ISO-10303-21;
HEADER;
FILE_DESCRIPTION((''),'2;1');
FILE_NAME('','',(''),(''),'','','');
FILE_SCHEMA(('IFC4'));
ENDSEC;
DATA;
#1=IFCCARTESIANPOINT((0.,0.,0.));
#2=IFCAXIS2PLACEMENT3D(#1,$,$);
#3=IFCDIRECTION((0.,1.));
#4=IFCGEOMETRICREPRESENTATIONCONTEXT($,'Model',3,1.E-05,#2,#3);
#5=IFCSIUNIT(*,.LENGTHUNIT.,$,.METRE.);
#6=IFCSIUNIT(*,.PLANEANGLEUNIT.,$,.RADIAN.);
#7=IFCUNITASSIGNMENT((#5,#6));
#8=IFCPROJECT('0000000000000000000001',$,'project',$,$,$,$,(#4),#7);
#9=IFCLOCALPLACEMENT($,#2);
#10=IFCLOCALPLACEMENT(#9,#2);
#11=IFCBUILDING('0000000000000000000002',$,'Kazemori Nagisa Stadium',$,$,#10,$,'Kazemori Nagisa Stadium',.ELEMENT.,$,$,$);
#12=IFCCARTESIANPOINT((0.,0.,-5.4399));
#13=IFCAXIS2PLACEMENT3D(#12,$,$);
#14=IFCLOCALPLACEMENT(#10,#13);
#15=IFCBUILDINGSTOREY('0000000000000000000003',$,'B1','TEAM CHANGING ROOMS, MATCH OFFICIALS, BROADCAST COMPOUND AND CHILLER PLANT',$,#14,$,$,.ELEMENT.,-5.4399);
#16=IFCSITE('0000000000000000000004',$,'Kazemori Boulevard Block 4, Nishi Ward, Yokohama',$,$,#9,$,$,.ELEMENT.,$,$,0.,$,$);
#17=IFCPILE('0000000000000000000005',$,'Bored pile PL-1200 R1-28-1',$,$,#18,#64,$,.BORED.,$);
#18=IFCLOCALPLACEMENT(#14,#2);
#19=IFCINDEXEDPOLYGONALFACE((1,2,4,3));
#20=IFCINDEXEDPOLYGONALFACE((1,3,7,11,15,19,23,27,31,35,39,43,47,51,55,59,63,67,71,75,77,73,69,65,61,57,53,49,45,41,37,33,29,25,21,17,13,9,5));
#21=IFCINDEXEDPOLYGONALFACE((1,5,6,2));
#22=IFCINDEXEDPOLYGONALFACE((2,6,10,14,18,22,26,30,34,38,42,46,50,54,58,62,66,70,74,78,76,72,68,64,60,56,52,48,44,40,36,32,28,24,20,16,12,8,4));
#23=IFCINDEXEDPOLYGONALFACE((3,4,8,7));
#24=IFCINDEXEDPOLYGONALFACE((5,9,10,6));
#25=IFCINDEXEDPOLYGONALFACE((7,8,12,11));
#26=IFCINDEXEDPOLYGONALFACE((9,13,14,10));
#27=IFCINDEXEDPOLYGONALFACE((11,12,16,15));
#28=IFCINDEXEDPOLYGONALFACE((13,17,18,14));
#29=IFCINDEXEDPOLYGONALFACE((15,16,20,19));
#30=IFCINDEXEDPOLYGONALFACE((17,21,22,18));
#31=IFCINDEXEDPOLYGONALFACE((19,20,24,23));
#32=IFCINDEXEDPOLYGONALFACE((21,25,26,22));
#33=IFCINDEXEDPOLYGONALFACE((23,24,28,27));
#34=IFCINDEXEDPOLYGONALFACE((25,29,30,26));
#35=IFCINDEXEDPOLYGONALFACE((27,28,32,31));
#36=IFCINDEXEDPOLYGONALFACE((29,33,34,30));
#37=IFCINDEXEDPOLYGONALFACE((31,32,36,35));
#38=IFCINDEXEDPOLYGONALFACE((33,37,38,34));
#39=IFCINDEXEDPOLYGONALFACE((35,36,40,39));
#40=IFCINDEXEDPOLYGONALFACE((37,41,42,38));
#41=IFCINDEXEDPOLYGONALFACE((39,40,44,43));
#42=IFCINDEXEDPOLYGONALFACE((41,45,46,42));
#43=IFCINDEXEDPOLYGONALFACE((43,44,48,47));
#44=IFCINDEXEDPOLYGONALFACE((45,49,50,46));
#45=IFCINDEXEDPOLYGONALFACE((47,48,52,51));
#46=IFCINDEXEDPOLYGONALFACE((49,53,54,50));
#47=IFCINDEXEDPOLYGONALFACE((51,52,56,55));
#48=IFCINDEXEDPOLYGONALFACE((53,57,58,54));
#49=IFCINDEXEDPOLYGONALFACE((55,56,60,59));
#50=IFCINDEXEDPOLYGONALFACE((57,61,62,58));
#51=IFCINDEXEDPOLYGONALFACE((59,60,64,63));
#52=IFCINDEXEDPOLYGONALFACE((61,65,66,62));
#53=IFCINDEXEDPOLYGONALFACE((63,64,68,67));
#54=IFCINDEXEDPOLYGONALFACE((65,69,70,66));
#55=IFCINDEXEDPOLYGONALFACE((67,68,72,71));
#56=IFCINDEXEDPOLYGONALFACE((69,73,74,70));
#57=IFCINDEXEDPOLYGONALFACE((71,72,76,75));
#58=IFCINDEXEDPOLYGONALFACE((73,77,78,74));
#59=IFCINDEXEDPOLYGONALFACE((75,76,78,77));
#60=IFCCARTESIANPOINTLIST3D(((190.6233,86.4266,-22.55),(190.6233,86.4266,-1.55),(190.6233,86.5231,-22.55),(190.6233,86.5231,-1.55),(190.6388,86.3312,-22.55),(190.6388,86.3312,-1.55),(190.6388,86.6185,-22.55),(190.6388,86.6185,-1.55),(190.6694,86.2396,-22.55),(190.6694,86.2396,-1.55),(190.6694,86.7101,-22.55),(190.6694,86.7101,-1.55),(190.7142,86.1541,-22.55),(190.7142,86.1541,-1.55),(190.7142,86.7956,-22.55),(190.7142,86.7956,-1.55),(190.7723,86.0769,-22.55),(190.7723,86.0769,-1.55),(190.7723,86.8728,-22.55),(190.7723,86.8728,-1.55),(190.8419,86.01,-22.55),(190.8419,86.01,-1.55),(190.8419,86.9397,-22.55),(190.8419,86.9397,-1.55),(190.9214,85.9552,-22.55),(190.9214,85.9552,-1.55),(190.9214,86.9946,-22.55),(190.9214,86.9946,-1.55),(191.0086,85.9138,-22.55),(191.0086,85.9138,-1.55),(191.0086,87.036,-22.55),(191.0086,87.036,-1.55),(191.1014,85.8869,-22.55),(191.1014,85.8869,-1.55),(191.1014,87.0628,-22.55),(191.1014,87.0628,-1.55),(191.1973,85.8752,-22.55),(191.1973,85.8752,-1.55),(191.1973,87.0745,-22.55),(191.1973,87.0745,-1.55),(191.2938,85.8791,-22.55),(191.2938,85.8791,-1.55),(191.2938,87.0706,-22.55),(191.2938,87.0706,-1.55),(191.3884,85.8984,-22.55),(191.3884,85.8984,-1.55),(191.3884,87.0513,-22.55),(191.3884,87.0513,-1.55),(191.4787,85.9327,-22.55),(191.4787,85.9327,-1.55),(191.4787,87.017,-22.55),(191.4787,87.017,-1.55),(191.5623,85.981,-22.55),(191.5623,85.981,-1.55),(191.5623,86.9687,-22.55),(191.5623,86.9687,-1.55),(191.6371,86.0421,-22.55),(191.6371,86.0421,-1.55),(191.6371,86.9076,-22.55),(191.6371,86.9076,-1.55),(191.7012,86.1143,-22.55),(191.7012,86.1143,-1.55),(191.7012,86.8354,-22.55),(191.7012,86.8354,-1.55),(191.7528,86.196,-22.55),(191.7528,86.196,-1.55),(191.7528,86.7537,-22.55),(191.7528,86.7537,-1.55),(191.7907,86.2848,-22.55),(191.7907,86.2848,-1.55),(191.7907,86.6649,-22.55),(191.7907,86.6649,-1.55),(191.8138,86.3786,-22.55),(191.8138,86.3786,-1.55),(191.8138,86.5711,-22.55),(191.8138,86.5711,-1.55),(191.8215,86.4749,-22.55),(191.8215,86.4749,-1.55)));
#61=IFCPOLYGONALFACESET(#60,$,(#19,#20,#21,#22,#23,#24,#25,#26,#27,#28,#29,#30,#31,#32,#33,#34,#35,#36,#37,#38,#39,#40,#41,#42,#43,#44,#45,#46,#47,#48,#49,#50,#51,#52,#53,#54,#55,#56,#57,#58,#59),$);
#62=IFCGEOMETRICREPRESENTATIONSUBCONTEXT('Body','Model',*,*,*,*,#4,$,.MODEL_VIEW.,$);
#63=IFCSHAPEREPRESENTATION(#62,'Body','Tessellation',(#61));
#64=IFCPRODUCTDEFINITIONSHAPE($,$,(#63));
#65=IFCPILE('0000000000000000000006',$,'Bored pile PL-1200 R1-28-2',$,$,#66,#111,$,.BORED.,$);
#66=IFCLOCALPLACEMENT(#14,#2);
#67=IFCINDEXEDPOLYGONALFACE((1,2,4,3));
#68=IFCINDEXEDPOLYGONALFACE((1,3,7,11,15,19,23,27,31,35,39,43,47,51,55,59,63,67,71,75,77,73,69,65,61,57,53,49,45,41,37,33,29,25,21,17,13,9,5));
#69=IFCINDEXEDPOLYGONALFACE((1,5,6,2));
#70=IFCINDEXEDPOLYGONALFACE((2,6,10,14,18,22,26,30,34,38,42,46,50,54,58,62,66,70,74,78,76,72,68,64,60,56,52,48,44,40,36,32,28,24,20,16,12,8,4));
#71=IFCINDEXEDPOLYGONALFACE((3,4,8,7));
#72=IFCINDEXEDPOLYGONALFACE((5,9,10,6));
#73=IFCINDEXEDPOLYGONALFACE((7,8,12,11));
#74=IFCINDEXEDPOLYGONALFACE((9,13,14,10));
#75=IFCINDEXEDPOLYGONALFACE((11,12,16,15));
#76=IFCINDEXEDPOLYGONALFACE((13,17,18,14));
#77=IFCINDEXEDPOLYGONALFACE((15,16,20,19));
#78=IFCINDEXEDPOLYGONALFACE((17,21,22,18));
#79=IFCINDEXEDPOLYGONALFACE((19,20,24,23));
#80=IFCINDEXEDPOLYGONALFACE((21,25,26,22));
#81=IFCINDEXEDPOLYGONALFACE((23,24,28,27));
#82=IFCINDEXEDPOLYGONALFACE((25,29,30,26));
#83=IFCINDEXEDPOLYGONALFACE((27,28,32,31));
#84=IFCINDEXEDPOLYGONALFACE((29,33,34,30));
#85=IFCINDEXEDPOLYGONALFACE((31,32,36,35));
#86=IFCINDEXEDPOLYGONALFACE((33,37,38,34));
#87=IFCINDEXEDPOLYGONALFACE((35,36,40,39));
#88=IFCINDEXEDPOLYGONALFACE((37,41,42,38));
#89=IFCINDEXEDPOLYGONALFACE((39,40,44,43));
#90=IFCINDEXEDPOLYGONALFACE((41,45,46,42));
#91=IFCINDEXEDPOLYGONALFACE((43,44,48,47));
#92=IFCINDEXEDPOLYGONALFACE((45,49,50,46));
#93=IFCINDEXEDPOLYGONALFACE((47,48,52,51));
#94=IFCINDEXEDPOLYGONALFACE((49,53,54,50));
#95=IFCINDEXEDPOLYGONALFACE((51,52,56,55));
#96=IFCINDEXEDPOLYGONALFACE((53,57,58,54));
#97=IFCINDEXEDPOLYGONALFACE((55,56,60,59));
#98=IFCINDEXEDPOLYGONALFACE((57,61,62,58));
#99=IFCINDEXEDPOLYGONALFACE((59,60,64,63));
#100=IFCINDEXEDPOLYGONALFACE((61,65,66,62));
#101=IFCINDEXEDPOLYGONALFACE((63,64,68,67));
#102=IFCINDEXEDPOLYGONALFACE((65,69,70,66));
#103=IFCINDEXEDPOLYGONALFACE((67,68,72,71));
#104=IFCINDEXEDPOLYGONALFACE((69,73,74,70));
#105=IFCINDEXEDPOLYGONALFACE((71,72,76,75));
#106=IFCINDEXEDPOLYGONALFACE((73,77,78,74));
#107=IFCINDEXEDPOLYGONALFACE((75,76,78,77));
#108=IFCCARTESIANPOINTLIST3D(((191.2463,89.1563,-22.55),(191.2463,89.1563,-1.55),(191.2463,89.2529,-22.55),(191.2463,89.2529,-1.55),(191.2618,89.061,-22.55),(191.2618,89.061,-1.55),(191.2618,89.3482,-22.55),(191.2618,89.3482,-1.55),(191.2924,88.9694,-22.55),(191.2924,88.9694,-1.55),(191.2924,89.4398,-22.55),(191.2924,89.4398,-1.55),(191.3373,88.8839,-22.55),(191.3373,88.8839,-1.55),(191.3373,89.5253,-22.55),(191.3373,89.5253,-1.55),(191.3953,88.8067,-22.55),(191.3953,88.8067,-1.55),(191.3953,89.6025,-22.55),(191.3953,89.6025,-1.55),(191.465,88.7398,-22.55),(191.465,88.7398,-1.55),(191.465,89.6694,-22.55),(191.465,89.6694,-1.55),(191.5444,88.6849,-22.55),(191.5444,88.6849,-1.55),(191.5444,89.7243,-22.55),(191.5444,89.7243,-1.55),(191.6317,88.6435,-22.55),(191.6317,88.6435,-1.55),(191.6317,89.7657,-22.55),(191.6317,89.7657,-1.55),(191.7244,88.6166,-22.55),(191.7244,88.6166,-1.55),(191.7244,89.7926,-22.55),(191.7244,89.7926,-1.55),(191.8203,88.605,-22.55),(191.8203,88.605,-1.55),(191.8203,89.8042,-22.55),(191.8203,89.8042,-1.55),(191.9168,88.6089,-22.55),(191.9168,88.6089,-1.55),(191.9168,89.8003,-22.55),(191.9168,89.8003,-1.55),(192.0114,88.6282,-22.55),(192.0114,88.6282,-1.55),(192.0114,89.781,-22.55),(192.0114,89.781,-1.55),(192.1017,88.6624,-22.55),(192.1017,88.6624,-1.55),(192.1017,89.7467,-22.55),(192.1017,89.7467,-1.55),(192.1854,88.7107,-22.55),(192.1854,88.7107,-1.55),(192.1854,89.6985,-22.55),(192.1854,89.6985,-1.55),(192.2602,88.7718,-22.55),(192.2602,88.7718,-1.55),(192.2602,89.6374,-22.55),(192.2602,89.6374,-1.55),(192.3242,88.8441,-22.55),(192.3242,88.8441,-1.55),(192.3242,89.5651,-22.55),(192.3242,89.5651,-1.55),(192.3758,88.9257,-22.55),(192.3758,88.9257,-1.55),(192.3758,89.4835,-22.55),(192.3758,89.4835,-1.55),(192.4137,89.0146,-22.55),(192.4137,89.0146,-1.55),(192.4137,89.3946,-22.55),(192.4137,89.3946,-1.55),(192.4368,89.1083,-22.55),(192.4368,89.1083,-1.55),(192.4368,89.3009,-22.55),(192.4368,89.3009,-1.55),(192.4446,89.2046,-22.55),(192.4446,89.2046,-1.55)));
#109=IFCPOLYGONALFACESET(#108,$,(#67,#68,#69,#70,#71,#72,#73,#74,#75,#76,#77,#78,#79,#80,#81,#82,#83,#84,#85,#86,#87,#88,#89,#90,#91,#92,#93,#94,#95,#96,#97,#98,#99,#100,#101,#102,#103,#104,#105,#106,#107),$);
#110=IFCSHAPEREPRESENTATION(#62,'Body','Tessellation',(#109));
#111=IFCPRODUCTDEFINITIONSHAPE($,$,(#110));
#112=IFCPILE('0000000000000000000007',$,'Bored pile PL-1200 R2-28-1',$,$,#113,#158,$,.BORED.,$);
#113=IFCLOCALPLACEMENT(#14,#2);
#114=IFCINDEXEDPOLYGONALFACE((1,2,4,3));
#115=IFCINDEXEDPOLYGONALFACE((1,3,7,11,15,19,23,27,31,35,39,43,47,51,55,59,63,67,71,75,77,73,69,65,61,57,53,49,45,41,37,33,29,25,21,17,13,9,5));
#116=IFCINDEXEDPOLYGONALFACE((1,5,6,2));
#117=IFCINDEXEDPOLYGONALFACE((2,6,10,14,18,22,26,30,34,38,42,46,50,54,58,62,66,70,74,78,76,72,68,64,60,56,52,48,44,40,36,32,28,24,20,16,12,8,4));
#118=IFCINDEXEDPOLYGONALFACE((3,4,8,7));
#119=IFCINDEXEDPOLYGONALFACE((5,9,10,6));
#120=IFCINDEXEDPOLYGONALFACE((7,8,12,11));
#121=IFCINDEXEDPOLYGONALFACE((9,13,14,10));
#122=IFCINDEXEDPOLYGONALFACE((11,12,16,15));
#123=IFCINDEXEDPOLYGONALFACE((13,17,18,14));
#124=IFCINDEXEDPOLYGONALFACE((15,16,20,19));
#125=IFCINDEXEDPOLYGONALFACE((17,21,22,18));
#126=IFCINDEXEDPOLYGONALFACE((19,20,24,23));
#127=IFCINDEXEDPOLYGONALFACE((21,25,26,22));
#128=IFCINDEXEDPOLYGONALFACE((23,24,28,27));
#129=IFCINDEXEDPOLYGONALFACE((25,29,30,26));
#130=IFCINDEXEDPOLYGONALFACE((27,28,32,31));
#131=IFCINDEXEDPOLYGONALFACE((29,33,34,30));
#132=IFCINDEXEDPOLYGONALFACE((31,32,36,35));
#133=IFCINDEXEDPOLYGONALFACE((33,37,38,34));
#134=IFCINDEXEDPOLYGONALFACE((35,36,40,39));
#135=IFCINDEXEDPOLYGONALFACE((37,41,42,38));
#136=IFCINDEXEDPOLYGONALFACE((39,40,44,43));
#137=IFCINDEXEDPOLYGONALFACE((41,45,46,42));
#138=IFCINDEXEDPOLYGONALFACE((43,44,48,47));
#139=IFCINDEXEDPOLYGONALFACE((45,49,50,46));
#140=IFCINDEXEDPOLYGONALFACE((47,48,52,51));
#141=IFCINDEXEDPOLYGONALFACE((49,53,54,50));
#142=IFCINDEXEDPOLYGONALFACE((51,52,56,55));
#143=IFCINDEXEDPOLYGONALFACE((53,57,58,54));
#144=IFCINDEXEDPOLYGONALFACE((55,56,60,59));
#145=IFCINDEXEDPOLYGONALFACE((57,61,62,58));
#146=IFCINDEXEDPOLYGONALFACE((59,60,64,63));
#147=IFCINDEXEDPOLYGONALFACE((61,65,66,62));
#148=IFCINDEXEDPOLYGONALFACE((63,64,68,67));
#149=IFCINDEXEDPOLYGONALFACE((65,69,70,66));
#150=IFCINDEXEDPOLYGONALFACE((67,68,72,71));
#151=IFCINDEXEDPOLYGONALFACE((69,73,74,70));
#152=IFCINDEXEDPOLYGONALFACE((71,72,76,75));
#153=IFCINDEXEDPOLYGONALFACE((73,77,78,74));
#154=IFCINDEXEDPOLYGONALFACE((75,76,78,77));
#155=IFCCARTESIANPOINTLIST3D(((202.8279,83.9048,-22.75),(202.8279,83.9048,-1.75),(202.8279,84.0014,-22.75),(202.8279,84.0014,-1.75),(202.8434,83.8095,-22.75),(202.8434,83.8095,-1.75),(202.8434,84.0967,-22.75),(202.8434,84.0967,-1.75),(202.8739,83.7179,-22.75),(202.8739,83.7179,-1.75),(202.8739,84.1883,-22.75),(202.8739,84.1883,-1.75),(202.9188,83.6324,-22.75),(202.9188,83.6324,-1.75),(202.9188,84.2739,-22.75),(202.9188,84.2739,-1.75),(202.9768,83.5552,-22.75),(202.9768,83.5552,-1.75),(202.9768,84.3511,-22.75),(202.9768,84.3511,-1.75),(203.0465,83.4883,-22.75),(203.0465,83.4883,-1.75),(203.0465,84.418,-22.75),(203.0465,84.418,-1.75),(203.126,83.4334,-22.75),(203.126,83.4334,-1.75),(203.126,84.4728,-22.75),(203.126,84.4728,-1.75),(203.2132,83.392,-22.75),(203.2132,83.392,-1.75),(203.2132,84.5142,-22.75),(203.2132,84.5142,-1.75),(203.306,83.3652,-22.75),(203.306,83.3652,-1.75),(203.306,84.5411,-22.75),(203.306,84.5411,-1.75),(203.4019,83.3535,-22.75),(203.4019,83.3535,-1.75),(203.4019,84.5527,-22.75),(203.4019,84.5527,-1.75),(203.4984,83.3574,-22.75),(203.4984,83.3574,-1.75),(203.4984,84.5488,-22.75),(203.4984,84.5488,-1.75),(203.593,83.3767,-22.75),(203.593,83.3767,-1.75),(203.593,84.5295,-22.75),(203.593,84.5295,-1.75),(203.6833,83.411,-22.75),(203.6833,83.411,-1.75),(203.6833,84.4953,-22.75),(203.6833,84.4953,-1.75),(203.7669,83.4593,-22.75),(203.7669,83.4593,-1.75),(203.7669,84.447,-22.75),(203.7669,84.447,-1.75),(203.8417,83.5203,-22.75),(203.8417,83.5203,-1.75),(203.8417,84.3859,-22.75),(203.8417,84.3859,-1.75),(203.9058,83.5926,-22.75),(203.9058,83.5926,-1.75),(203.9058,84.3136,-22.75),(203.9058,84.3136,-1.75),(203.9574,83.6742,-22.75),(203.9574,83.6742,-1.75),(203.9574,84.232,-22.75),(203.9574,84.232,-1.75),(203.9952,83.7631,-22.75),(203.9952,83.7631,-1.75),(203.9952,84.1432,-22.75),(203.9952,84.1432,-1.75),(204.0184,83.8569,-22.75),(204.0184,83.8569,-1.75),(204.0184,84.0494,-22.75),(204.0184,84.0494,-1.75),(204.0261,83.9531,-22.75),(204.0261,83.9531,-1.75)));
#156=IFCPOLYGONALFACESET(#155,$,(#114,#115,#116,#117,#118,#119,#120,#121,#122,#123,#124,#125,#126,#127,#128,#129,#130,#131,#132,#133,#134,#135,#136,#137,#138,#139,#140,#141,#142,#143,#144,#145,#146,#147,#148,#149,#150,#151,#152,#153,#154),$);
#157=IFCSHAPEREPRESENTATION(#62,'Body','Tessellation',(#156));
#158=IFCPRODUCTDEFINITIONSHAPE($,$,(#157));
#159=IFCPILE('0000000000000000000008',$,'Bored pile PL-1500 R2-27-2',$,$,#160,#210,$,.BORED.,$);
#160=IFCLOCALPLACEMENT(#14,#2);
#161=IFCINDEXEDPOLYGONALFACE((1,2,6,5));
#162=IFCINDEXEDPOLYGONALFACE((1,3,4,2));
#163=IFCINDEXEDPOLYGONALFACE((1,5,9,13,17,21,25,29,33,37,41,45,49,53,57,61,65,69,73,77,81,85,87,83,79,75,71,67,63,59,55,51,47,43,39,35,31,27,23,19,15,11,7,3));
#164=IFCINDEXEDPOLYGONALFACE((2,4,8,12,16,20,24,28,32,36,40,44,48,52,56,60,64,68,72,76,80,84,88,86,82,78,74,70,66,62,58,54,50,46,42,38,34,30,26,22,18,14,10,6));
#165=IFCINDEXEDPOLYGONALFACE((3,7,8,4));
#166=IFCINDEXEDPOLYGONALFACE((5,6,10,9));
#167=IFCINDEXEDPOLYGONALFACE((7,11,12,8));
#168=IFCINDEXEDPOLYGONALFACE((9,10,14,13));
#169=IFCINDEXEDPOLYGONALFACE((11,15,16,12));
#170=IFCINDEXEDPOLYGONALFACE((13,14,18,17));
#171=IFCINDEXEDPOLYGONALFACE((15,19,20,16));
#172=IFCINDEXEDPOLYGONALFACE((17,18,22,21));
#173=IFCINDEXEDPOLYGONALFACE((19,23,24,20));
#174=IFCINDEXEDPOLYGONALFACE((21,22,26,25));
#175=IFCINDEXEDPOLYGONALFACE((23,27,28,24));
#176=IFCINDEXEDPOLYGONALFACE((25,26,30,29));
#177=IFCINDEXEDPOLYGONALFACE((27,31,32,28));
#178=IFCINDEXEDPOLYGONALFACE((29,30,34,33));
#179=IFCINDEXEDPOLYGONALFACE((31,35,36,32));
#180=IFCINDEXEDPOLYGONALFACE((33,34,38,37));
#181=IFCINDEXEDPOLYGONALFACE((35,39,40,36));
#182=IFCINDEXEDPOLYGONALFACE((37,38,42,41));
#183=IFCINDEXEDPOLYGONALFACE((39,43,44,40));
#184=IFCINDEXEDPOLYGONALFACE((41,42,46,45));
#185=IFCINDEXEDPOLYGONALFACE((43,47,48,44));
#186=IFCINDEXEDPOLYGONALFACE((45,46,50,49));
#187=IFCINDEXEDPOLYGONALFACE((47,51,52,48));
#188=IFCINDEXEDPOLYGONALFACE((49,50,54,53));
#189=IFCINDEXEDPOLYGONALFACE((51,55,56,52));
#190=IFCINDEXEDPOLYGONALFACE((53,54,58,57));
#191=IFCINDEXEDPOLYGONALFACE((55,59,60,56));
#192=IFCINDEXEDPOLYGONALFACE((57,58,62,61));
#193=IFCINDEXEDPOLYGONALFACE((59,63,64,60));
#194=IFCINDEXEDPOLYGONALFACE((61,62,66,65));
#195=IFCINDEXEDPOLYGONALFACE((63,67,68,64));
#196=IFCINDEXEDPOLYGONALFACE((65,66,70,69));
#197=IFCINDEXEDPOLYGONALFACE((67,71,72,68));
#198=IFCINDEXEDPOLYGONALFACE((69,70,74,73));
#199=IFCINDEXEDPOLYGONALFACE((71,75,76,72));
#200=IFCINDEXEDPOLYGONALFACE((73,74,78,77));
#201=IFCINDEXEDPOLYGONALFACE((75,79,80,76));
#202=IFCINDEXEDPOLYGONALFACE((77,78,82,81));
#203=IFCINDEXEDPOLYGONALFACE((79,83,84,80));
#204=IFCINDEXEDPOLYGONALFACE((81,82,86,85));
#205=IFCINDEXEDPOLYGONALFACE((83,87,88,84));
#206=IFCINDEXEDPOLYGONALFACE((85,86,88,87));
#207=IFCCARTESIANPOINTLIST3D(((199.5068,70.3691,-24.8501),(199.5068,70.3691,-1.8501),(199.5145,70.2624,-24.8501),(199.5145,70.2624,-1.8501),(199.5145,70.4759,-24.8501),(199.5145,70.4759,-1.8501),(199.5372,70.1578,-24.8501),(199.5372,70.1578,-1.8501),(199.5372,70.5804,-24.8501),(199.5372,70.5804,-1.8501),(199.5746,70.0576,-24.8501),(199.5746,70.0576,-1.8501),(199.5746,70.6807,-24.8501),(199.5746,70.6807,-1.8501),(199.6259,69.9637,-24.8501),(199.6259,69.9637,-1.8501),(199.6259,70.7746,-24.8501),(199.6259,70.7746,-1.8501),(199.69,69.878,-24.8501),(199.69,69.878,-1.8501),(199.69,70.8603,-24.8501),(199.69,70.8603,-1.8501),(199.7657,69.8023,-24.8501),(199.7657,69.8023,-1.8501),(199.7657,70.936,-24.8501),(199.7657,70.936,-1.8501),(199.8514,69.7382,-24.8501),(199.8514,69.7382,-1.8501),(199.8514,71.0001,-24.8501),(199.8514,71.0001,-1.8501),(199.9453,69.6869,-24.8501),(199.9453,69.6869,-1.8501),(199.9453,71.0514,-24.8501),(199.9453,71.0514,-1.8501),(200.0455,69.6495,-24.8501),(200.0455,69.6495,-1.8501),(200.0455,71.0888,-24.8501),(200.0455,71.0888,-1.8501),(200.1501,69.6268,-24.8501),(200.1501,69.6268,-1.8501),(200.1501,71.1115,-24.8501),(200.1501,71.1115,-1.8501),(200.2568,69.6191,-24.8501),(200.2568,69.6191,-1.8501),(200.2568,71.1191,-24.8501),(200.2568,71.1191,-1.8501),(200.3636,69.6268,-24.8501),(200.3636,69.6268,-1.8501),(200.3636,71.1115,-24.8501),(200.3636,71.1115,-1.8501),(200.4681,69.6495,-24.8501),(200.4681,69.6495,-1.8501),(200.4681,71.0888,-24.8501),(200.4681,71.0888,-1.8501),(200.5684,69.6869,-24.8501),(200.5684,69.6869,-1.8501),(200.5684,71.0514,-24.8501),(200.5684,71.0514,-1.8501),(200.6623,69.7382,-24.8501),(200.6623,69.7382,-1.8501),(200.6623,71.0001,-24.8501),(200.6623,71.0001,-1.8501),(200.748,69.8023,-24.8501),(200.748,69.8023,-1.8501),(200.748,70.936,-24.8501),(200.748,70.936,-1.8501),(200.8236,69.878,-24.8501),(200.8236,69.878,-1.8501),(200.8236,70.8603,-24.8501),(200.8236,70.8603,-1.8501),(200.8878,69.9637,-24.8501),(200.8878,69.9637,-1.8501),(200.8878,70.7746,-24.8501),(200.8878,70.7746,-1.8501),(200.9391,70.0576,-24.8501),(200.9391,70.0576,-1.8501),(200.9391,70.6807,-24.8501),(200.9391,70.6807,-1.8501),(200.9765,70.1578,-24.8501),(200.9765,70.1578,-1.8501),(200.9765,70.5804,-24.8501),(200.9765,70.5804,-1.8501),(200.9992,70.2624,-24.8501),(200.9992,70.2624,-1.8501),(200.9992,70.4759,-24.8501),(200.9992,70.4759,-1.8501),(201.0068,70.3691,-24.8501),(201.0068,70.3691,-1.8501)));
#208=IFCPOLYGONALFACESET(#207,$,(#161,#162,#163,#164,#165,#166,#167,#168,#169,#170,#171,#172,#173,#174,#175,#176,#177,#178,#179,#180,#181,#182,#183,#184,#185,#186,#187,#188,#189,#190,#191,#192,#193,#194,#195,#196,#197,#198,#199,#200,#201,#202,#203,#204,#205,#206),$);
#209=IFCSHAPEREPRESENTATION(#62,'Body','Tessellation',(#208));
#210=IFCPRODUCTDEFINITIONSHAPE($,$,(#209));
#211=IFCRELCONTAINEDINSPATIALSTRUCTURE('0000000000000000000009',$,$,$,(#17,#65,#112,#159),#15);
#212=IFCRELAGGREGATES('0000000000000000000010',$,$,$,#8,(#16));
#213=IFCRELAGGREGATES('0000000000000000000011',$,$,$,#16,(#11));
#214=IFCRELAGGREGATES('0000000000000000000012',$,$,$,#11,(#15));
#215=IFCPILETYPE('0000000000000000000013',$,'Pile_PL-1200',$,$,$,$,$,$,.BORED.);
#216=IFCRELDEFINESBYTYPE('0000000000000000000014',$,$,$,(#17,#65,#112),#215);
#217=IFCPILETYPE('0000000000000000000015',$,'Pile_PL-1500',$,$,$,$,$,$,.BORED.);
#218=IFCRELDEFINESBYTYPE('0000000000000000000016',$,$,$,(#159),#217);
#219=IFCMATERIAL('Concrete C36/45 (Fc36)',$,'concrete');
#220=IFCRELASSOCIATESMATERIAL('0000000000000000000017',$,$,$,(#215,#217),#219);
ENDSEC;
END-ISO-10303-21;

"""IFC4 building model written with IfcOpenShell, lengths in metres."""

from ifc_helpers import new_model, si_unit, direction, frame, origin, origin_2d, place, context, subcontext, project, spatial, circle, extrude, material, material_profile, profile_set, type_object, element, save


model = new_model("IFC4")

# Units and contexts
model_context = context("Model", 3, precision=1e-05, world=origin(), true_north=direction((0.0, 1.0)))
body_context = subcontext(model_context, "Body", "Model", "MODEL_VIEW")
ifc_project = project(units=[si_unit("LENGTHUNIT", "METRE"), si_unit("PLANEANGLEUNIT", "RADIAN")], contexts=[model_context])

# Site, building, storey
site_placement = place(None, origin())
site = spatial("IfcSite", under=ifc_project, at=site_placement, Name="Kazemori Boulevard Block 4, Nishi Ward, Yokohama", CompositionType="ELEMENT", RefElevation=0.0)
building_placement = place(site_placement, origin())
building = spatial("IfcBuilding", under=site, at=building_placement, Name="Kazemori Nagisa Stadium", LongName="Kazemori Nagisa Stadium", CompositionType="ELEMENT")
storey_placement = place(building_placement, frame((0.0, 0.0, -5.4399)))
storey = spatial("IfcBuildingStorey", under=building, at=storey_placement, Name="B1", Description="TEAM CHANGING ROOMS, MATCH OFFICIALS, BROADCAST COMPOUND AND CHILLER PLANT", CompositionType="ELEMENT", Elevation=-5.4399)

# Piles
ifc_material_1 = material(Name="Concrete C36/45 (Fc36)", Category="concrete")
ifc_material_profile_1 = material_profile(ifc_material_1, circle(Radius=0.6001, at=origin_2d()), Name="PILE-D1200")
ifc_profile_set_1 = profile_set([ifc_material_profile_1], Name="Concrete C36/45 (Fc36)")
pile_type_1 = type_object("IfcPileType", Name="Pile_PL-1200", PredefinedType="BORED", material=ifc_profile_set_1)
for number, where, z_axis, x_axis, name in (
    (1, (191.2214, 86.4749, -1.55), (0.0, 0.0, -1.0), (1.0, 0.0, 0.0), "Bored pile PL-1200 R1-28-1"),
    (2, (191.8445, 89.2046, -1.55), (0.0, 0.0, -1.0), (1.0, 0.0, 0.0), "Bored pile PL-1200 R1-28-2"),
    (3, (203.426, 83.9531, -1.75), (0.0, 0.0, -1.0), (1.0, 0.0, 0.0), "Bored pile PL-1200 R2-28-1"),
):
    element("IfcPile", number, at=place(storey_placement, frame(where, z_axis=z_axis, x_axis=x_axis)), inside=storey, type_object=pile_type_1, Name=name, PredefinedType="BORED", context=body_context, shape_type="SweptSolid", body=[
        extrude(circle(Radius=0.6001, at=origin_2d()), origin(), (0.0, 0.0, 1.0), 21.0),
    ])
ifc_material_profile_2 = material_profile(ifc_material_1, circle(Radius=0.75, at=origin_2d()), Name="PILE-D1500")
ifc_profile_set_2 = profile_set([ifc_material_profile_2], Name="Concrete C36/45 (Fc36)")
pile_type_2 = type_object("IfcPileType", Name="Pile_PL-1500", PredefinedType="BORED", material=ifc_profile_set_2)
pile_placement = place(storey_placement, frame((200.2568, 70.3691, -1.8501), z_axis=(0.0, 0.0, -1.0), x_axis=(1.0, 0.0, 0.0)))
element("IfcPile", 4, at=pile_placement, inside=storey, type_object=pile_type_2, Name="Bored pile PL-1500 R2-27-2", PredefinedType="BORED", context=body_context, shape_type="SweptSolid", body=[
    extrude(circle(Radius=0.75, at=origin_2d()), origin(), (0.0, 0.0, 1.0), 23.0),
])

save(model, "model.ifc")
